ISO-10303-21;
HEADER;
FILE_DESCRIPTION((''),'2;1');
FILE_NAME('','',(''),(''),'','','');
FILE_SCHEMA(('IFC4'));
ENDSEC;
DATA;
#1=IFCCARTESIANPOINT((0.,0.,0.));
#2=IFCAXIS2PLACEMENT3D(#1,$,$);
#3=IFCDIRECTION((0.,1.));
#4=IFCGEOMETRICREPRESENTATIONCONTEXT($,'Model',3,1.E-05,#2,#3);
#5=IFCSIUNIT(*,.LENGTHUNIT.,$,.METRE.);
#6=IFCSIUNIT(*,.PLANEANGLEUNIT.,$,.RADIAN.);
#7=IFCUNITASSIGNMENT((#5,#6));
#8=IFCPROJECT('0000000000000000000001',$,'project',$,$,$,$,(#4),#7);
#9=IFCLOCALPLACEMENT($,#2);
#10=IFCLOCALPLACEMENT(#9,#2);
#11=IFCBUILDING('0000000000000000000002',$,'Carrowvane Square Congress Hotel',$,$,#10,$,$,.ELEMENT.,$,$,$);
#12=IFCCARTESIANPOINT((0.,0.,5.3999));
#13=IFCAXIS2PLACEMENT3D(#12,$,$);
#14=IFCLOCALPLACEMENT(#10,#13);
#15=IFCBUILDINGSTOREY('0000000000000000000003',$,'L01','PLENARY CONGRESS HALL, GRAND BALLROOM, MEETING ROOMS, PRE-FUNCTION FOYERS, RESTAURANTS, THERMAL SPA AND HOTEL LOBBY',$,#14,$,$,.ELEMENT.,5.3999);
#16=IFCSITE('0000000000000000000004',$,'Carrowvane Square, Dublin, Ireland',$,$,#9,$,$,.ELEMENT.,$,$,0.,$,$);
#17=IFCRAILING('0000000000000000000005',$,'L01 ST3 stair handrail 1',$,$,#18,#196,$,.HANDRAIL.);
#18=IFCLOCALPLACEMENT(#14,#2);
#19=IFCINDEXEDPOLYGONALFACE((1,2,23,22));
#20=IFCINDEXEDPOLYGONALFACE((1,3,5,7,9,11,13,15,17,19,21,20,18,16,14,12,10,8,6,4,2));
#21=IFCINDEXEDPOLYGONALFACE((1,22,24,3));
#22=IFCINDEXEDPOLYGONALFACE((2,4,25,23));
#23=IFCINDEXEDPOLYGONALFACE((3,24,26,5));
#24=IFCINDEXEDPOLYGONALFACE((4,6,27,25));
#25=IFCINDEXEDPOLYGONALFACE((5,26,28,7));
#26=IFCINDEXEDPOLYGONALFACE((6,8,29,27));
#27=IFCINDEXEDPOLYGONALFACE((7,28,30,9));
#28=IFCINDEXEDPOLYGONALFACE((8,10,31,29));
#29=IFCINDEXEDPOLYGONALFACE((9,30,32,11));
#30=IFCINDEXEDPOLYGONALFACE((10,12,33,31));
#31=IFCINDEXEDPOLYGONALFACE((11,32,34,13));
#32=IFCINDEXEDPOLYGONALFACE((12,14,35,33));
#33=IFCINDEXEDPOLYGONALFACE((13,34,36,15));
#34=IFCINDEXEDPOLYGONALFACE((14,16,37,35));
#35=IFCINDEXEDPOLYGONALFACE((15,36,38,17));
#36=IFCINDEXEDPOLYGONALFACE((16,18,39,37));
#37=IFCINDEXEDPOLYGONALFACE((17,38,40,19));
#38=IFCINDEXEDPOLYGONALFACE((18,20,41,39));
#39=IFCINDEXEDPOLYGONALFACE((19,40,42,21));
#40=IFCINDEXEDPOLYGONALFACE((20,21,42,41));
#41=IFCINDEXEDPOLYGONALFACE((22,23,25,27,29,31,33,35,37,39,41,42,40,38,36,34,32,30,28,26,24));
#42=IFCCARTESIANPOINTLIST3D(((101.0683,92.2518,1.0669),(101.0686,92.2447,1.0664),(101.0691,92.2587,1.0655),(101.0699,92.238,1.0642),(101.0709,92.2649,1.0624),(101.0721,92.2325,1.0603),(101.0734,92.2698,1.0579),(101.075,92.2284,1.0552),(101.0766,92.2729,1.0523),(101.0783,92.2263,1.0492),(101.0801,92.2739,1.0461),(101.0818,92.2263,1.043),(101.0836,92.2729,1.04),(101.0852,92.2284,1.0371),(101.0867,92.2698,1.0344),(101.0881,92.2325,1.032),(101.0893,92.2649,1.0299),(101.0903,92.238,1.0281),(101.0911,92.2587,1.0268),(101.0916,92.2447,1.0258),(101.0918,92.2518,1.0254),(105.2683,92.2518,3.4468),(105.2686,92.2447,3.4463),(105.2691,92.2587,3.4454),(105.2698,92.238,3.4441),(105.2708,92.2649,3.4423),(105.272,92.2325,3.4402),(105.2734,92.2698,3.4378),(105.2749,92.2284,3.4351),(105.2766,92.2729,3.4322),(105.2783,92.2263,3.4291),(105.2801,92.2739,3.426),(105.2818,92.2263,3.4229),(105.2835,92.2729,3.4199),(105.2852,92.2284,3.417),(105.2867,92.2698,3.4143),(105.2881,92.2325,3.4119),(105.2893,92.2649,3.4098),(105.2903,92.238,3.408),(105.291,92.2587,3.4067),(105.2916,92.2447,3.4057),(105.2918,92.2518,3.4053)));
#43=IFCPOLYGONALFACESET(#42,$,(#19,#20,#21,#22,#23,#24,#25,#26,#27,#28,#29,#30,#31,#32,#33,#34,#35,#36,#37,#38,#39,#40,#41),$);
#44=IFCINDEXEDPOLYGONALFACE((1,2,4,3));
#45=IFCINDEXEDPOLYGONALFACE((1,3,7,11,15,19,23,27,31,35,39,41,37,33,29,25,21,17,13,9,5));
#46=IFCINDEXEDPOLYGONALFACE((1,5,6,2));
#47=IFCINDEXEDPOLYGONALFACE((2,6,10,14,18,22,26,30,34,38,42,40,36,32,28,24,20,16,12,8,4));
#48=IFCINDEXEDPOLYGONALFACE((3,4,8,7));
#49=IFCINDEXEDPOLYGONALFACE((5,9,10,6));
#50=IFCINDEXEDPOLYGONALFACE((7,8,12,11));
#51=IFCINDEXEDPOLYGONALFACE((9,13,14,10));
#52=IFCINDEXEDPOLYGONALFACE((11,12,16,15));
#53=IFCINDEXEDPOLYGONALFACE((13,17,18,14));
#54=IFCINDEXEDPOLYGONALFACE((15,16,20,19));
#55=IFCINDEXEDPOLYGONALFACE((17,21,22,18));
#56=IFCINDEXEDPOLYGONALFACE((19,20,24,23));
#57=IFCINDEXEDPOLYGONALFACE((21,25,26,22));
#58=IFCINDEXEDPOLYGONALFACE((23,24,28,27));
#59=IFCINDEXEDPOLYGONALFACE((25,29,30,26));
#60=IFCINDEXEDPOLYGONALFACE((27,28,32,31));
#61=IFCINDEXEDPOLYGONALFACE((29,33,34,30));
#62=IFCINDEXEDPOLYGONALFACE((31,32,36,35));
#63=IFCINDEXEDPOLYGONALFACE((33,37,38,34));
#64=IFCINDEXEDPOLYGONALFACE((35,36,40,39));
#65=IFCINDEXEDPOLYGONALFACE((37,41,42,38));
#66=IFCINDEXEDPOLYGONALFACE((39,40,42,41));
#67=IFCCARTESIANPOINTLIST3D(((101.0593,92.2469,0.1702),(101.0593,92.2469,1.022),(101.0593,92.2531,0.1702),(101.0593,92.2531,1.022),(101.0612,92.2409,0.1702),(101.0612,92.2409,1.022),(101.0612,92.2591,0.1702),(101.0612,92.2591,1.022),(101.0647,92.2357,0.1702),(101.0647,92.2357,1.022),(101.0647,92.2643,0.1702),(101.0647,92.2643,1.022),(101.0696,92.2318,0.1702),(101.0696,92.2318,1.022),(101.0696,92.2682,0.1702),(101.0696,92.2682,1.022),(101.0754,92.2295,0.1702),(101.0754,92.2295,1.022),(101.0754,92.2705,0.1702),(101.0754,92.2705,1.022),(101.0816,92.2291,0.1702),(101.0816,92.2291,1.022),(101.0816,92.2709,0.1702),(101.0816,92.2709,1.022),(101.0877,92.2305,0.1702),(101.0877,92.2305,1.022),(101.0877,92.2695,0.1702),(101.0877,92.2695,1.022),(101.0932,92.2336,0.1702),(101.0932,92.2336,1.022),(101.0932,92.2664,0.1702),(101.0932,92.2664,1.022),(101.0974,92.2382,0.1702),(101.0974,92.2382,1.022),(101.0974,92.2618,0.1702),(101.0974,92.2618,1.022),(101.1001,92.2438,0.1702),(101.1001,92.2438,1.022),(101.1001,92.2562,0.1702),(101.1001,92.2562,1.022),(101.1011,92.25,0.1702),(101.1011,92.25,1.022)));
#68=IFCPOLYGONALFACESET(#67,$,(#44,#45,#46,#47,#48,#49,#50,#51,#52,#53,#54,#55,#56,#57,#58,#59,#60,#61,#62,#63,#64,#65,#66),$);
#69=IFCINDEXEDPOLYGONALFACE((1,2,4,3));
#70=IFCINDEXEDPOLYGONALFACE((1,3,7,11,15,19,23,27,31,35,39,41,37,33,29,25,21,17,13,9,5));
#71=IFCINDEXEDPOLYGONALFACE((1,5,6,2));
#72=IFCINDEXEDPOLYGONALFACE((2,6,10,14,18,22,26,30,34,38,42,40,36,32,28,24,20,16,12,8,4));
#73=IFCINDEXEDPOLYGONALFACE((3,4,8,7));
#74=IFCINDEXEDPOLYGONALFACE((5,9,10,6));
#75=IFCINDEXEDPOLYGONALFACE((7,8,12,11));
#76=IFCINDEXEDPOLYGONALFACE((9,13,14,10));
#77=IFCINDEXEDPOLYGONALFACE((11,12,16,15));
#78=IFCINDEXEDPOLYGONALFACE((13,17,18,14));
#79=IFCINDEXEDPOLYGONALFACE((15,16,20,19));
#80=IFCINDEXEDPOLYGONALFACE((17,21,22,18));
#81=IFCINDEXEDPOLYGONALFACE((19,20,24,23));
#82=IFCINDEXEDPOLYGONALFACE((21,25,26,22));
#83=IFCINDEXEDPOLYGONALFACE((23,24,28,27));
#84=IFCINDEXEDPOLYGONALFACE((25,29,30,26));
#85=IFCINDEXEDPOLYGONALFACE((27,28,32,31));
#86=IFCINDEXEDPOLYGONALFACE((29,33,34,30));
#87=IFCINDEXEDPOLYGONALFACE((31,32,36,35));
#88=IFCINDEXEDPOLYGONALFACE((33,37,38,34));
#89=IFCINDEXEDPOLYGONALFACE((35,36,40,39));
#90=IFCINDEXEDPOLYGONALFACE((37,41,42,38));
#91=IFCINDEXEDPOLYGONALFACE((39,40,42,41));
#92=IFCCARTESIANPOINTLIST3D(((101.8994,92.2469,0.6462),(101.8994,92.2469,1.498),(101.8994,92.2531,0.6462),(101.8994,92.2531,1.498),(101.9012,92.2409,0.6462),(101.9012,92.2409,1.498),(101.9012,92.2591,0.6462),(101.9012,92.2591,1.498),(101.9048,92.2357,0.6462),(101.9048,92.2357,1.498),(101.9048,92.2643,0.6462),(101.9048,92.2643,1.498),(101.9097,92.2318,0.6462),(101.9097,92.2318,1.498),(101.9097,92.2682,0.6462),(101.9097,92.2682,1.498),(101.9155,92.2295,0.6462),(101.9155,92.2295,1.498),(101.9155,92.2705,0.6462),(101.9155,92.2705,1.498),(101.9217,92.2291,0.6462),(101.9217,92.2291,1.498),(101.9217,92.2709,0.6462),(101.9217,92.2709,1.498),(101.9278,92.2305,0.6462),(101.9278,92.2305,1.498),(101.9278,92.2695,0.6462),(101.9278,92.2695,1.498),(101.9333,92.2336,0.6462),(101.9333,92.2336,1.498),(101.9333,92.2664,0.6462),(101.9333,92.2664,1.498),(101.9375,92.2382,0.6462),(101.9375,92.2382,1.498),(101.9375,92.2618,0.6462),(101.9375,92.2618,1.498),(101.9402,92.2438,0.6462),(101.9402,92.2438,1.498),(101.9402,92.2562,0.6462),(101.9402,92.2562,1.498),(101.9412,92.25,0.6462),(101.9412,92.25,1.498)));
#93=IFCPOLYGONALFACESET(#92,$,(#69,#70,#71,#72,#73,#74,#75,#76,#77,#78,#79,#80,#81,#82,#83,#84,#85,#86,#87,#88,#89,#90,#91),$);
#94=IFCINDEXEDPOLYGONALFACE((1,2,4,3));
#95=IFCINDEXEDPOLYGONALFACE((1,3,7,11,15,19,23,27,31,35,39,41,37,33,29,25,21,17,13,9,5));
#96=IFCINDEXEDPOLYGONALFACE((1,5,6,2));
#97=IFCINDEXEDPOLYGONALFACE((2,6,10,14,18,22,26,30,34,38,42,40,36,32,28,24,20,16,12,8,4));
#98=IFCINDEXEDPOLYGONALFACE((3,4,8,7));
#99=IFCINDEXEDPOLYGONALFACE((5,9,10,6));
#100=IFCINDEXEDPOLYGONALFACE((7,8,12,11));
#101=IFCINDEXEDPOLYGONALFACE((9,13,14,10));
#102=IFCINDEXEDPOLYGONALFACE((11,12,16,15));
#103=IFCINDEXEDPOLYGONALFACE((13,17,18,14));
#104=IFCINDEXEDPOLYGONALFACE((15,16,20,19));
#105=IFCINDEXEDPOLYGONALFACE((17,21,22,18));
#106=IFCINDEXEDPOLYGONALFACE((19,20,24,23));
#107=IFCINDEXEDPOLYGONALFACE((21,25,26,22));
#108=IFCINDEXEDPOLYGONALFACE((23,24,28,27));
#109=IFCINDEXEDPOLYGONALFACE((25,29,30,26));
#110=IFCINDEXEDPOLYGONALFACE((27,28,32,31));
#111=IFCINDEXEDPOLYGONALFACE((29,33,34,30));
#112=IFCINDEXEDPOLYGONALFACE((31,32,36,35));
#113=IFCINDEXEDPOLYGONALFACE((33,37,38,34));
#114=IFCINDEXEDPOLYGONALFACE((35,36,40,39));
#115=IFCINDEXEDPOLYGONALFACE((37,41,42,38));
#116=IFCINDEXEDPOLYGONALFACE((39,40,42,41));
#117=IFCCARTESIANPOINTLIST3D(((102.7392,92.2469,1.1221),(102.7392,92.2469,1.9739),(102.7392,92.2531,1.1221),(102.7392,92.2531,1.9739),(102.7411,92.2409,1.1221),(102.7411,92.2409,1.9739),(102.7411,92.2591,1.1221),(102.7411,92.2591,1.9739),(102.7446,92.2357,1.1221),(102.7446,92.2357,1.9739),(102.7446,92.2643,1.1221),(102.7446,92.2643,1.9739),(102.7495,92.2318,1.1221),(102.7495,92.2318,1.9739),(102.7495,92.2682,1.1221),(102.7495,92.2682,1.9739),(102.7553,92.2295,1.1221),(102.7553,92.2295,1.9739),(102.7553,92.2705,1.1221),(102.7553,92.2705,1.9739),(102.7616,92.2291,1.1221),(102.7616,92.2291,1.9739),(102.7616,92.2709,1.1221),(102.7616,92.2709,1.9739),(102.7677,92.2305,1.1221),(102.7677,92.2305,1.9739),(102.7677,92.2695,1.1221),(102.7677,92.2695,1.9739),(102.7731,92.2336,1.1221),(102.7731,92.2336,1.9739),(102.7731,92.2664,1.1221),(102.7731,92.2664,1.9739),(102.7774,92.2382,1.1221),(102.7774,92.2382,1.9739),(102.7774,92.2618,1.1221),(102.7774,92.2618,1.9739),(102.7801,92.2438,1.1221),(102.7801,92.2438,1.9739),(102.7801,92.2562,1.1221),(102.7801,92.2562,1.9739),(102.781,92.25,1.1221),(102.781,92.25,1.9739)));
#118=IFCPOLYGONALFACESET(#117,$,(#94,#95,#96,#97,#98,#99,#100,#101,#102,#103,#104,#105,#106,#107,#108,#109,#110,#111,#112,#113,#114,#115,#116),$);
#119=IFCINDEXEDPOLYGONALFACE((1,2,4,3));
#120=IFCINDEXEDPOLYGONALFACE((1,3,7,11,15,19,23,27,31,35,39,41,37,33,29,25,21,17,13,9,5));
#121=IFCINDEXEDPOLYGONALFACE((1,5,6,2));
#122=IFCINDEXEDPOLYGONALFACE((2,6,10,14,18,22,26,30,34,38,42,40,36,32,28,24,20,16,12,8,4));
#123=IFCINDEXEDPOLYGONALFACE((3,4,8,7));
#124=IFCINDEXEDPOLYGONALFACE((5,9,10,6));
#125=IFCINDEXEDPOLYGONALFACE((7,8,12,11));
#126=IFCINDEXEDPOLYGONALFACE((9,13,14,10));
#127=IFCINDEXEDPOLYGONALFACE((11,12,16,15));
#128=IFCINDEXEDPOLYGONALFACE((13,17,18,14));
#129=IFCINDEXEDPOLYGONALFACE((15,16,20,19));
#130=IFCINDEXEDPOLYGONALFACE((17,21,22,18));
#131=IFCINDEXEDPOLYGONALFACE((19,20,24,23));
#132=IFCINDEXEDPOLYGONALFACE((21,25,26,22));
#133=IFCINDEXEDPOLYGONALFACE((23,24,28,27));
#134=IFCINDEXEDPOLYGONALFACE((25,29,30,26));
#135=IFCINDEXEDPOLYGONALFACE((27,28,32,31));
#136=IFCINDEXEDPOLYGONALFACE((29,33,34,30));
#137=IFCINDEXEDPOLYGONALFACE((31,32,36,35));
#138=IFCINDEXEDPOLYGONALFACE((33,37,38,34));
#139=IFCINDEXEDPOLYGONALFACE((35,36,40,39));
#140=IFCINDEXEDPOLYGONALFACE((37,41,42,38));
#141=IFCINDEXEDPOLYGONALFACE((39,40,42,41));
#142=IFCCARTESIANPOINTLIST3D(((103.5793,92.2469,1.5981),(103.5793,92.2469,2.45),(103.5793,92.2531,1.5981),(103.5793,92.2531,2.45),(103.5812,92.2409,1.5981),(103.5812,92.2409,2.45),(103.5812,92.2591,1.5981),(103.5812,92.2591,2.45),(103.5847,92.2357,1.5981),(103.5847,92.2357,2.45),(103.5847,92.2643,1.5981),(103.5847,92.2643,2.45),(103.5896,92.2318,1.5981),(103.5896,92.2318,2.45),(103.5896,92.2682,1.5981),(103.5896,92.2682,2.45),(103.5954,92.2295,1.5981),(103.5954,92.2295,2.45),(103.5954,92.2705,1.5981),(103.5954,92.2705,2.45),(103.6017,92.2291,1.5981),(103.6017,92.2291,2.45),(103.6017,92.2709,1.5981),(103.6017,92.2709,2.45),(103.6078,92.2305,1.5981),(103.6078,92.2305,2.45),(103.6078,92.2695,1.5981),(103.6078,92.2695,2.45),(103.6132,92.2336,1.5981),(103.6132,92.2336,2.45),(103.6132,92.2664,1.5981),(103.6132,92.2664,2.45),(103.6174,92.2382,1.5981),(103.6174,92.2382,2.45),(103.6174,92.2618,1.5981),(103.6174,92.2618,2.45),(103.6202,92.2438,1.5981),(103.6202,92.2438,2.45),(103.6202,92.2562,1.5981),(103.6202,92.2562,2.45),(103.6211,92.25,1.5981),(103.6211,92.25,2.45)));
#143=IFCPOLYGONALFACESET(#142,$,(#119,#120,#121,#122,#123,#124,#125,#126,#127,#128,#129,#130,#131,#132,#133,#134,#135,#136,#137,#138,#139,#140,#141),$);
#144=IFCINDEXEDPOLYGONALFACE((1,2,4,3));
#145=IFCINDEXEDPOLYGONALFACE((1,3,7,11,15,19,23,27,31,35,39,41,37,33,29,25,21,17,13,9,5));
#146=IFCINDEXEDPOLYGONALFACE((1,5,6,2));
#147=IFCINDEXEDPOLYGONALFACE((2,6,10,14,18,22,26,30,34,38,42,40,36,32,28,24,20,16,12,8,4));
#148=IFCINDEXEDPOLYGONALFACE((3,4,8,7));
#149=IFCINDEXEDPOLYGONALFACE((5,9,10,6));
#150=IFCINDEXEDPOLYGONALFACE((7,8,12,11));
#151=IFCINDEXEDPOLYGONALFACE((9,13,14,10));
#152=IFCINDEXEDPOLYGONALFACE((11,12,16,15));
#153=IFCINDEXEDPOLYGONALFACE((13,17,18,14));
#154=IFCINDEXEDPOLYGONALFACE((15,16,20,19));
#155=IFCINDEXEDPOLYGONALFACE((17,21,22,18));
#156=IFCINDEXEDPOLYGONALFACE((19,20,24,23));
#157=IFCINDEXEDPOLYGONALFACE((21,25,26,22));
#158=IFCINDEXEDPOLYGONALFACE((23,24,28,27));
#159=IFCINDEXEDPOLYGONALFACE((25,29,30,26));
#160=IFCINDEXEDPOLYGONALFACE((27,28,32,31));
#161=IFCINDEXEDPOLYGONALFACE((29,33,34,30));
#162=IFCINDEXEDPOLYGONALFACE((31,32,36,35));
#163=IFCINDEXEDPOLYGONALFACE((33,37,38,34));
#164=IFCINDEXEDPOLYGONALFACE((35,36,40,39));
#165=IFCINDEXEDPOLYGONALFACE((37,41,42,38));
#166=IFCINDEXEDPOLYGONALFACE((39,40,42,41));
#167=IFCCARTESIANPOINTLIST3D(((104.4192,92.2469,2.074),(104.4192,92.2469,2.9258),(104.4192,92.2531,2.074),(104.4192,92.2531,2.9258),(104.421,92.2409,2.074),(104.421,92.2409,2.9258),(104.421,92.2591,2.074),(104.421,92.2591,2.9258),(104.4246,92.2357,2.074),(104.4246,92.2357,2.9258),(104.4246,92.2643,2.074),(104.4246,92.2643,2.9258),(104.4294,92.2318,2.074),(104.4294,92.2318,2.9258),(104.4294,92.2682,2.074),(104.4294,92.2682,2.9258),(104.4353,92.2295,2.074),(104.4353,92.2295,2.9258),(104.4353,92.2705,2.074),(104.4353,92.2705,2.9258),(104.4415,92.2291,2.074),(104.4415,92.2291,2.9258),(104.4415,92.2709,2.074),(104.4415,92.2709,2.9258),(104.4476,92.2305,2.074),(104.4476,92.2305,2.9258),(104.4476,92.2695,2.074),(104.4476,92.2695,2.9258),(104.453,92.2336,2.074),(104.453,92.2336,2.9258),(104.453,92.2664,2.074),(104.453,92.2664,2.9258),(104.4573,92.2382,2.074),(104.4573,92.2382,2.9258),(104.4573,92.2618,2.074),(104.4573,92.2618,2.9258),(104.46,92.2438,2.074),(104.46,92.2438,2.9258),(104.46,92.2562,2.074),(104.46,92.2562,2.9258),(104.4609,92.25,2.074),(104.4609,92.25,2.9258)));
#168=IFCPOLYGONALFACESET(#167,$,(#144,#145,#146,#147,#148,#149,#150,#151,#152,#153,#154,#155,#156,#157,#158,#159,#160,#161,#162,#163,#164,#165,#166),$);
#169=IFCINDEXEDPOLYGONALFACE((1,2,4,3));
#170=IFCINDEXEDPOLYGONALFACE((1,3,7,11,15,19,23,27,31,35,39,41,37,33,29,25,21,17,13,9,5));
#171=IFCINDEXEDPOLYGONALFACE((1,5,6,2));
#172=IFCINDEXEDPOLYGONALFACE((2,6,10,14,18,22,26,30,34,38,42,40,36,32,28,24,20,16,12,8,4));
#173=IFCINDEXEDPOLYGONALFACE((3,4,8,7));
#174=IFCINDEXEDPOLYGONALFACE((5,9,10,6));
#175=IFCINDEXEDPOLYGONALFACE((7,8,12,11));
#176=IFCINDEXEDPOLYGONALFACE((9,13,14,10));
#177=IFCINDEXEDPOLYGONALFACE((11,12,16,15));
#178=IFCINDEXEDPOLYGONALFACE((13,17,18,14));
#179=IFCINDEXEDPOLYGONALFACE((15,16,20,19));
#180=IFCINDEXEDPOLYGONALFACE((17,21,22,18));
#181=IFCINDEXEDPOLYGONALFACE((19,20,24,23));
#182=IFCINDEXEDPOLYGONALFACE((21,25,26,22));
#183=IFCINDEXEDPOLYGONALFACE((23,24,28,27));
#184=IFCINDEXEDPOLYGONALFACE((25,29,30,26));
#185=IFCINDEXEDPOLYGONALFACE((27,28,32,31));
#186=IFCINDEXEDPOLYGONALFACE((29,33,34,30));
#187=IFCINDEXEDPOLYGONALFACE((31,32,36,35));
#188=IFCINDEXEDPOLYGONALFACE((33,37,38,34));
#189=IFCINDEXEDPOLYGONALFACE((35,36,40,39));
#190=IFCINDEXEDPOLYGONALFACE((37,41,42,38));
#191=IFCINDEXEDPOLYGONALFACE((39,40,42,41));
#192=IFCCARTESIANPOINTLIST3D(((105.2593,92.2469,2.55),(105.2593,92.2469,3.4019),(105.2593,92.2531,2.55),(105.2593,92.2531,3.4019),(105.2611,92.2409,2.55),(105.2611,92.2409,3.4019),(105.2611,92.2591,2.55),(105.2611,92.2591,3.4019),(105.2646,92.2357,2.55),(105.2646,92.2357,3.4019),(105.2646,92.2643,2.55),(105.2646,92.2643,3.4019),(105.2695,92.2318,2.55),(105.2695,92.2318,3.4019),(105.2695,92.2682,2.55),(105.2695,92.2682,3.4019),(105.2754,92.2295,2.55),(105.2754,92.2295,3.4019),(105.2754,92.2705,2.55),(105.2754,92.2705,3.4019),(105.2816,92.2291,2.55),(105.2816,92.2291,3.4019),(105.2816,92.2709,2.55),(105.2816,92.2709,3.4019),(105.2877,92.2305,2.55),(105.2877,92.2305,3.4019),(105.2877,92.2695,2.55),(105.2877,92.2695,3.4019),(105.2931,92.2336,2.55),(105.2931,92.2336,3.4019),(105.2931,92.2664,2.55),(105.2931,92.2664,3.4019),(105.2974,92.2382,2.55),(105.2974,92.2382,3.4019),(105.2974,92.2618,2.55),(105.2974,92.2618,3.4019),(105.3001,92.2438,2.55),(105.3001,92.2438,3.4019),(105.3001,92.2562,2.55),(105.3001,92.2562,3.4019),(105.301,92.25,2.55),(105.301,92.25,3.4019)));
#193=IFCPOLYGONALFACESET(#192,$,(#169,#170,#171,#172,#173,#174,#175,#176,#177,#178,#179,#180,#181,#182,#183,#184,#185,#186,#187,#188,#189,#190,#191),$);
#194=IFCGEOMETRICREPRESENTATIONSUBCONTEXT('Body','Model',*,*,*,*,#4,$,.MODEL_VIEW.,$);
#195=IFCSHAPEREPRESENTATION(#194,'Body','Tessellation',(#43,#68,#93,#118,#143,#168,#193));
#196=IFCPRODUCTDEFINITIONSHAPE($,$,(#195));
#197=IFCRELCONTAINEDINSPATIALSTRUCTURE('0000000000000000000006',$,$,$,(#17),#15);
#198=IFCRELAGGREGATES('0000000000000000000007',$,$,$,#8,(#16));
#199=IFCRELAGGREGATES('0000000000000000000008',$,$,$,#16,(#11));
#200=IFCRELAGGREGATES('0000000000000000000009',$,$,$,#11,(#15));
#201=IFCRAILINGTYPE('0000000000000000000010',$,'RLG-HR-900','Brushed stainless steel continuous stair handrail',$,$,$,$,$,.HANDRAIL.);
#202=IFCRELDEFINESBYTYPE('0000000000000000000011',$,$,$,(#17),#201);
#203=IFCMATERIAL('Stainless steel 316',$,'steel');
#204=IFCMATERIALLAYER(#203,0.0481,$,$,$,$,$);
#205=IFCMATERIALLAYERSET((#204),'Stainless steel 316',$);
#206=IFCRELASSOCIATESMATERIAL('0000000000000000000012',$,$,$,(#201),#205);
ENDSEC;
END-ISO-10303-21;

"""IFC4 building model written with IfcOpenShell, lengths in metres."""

from ifc_helpers import new_model, si_unit, direction, frame, origin, origin_2d, place, context, subcontext, project, spatial, circle, extrude, material, layer, layer_set, type_object, element, save


model = new_model("IFC4")

# Units and contexts
model_context = context("Model", 3, precision=1e-05, world=origin(), true_north=direction((0.0, 1.0)))
body_context = subcontext(model_context, "Body", "Model", "MODEL_VIEW")
ifc_project = project(units=[si_unit("LENGTHUNIT", "METRE"), si_unit("PLANEANGLEUNIT", "RADIAN")], contexts=[model_context])

# Site, building, storey
site_placement = place(None, origin())
site = spatial("IfcSite", under=ifc_project, at=site_placement, Name="Carrowvane Square, Dublin, Ireland", CompositionType="ELEMENT", RefElevation=0.0)
building_placement = place(site_placement, origin())
building = spatial("IfcBuilding", under=site, at=building_placement, Name="Carrowvane Square Congress Hotel", CompositionType="ELEMENT")
storey_placement = place(building_placement, frame((0.0, 0.0, 5.3999)))
storey = spatial("IfcBuildingStorey", under=building, at=storey_placement, Name="L01", Description="PLENARY CONGRESS HALL, GRAND BALLROOM, MEETING ROOMS, PRE-FUNCTION FOYERS, RESTAURANTS, THERMAL SPA AND HOTEL LOBBY", CompositionType="ELEMENT", Elevation=5.3999)

# Railing
ifc_material_1 = material(Name="Stainless steel 316", Category="steel")
ifc_layer_1 = layer(ifc_material_1, 0.0481)
ifc_layer_set_1 = layer_set([ifc_layer_1], Name="Stainless steel 316")
railing_type_1 = type_object("IfcRailingType", Name="RLG-HR-900", Description="Brushed stainless steel continuous stair handrail", PredefinedType="HANDRAIL", material=ifc_layer_set_1)
railing_1_placement = place(storey_placement, frame((101.0801, 92.25, 0.1702)))
element("IfcRailing", 1, at=railing_1_placement, inside=storey, type_object=railing_type_1, Name="L01 ST3 stair handrail 1", PredefinedType="HANDRAIL", context=body_context, shape_type="SweptSolid", body=[
    extrude(circle(Radius=0.0239, at=origin_2d()), frame((0.0, 0.0, 0.876), z_axis=(0.87003, 0.0, 0.492999), x_axis=(0.0, 1.0, 0.0)), (0.0, 0.0, 1.0), 4.8274),
    extrude(circle(Radius=0.021, at=origin_2d()), origin(), (0.0, 0.0, 1.0), 0.8518),
    extrude(circle(Radius=0.021, at=origin_2d()), frame((0.8401, 0.0, 0.4761)), (0.0, 0.0, 1.0), 0.8518),
    extrude(circle(Radius=0.021, at=origin_2d()), frame((1.6799, 0.0, 0.9519)), (0.0, 0.0, 1.0), 0.8518),
    extrude(circle(Radius=0.021, at=origin_2d()), frame((2.52, 0.0, 1.428)), (0.0, 0.0, 1.0), 0.8518),
    extrude(circle(Radius=0.021, at=origin_2d()), frame((3.3599, 0.0, 1.9038)), (0.0, 0.0, 1.0), 0.8518),
    extrude(circle(Radius=0.021, at=origin_2d()), frame((4.2, 0.0, 2.3799)), (0.0, 0.0, 1.0), 0.8518),
])

save(model, "model.ifc")
